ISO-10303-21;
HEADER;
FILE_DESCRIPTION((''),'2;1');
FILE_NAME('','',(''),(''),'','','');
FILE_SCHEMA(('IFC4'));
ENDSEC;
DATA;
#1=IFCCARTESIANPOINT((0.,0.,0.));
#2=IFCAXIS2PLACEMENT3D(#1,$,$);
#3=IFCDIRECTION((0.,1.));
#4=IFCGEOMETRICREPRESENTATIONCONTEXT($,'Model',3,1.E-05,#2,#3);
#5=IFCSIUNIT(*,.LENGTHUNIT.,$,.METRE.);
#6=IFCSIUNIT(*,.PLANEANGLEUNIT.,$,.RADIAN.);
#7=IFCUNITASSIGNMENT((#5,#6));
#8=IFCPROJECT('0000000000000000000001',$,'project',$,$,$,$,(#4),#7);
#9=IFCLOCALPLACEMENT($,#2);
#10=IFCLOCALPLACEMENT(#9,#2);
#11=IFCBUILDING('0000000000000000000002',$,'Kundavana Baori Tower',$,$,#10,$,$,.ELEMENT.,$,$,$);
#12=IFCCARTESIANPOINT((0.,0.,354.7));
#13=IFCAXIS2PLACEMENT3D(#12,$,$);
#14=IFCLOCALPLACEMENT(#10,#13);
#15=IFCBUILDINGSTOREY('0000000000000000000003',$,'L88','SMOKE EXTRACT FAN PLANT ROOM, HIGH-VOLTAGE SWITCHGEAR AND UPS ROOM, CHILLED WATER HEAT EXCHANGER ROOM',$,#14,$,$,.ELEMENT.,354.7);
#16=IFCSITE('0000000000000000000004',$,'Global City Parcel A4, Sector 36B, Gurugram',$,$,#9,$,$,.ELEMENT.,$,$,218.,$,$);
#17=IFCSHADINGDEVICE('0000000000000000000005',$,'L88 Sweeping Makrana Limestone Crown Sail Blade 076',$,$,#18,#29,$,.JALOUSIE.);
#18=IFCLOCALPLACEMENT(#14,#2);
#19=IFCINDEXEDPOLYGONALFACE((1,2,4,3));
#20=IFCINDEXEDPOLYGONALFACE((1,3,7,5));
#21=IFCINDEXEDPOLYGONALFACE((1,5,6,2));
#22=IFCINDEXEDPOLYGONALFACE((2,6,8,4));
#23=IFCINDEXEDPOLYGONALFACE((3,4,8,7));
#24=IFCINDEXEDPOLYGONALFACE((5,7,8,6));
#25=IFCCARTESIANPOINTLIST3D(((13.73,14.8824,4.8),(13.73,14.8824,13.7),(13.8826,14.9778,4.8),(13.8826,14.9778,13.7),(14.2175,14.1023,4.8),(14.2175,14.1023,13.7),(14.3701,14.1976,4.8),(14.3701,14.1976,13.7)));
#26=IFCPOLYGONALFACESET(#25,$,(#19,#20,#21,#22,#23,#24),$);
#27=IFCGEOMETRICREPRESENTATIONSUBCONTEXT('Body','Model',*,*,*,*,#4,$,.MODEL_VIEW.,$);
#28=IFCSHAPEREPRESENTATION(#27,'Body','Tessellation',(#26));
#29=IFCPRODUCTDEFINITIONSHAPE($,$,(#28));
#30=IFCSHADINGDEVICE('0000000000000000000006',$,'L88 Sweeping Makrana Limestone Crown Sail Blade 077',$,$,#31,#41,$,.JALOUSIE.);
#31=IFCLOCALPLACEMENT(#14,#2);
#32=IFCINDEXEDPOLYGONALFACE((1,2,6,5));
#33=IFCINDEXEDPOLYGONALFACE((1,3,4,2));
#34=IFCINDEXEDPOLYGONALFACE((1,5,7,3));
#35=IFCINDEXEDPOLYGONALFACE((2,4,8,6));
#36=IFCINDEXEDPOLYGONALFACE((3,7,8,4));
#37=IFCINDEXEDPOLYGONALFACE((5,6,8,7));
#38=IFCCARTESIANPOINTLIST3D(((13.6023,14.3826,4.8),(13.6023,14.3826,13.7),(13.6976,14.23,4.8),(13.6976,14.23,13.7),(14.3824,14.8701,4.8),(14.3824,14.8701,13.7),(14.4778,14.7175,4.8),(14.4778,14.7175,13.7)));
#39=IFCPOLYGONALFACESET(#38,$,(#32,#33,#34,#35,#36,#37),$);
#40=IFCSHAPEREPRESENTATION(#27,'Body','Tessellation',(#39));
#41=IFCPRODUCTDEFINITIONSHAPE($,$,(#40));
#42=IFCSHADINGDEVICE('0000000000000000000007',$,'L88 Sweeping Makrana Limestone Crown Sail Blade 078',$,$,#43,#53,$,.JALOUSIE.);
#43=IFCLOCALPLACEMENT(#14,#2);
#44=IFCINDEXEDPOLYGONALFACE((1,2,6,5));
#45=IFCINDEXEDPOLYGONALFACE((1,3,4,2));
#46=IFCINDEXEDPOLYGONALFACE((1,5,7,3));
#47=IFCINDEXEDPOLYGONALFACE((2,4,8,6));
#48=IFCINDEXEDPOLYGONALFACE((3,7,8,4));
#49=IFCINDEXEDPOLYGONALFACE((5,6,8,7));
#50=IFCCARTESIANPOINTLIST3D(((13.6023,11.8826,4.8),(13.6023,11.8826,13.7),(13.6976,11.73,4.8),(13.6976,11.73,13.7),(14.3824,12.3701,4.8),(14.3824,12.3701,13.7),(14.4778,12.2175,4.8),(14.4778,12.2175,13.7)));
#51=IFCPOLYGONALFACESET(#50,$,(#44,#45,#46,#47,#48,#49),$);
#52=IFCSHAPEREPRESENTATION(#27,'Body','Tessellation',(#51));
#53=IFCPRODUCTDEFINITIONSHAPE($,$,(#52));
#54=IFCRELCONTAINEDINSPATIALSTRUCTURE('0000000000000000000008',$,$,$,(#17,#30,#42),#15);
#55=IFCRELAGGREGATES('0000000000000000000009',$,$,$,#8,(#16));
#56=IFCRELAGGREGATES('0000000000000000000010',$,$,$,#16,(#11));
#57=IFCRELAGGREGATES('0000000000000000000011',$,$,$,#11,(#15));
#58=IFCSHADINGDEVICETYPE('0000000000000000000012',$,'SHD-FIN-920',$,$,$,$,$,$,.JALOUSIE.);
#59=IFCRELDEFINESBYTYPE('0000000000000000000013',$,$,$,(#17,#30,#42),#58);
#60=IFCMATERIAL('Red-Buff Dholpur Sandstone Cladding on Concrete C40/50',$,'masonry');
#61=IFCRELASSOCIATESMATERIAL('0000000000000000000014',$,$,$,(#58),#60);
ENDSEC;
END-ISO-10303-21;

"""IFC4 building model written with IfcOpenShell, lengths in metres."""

from ifc_helpers import new_model, si_unit, direction, frame, origin, origin_2d, place, context, subcontext, project, spatial, rectangle, extrude, material, type_object, element, save


model = new_model("IFC4")

# Units and contexts
model_context = context("Model", 3, precision=1e-05, world=origin(), true_north=direction((0.0, 1.0)))
body_context = subcontext(model_context, "Body", "Model", "MODEL_VIEW")
ifc_project = project(units=[si_unit("LENGTHUNIT", "METRE"), si_unit("PLANEANGLEUNIT", "RADIAN")], contexts=[model_context])

# Site, building, storey
site_placement = place(None, origin())
site = spatial("IfcSite", under=ifc_project, at=site_placement, Name="Global City Parcel A4, Sector 36B, Gurugram", CompositionType="ELEMENT", RefElevation=218.0)
building_placement = place(site_placement, origin())
building = spatial("IfcBuilding", under=site, at=building_placement, Name="Kundavana Baori Tower", CompositionType="ELEMENT")
storey_placement = place(building_placement, frame((0.0, 0.0, 354.7)))
storey = spatial("IfcBuildingStorey", under=building, at=storey_placement, Name="L88", Description="SMOKE EXTRACT FAN PLANT ROOM, HIGH-VOLTAGE SWITCHGEAR AND UPS ROOM, CHILLED WATER HEAT EXCHANGER ROOM", CompositionType="ELEMENT", Elevation=354.7)

# Shading devices
ifc_material_1 = material(Name="Red-Buff Dholpur Sandstone Cladding on Concrete C40/50", Category="masonry")
shading_device_type = type_object("IfcShadingDeviceType", Name="SHD-FIN-920", PredefinedType="JALOUSIE", material=ifc_material_1)
for number, where, z_axis, x_axis, name in (
    (1, (14.05, 14.54, 4.8), (0.0, 0.0, 1.0), (0.848048, 0.529919, 0.0), "L88 Sweeping Makrana Limestone Crown Sail Blade 076"),
    (2, (14.04, 14.55, 4.8), (0.0, 0.0, 1.0), (-0.529919, 0.848048, 0.0), "L88 Sweeping Makrana Limestone Crown Sail Blade 077"),
    (3, (14.04, 12.05, 4.8), (0.0, 0.0, 1.0), (-0.529919, 0.848048, 0.0), "L88 Sweeping Makrana Limestone Crown Sail Blade 078"),
):
    element("IfcShadingDevice", number, at=place(storey_placement, frame(where, z_axis=z_axis, x_axis=x_axis)), inside=storey, type_object=shading_device_type, Name=name, PredefinedType="JALOUSIE", context=body_context, shape_type="SweptSolid", body=[
        extrude(rectangle(XDim=0.1799, YDim=0.9199, at=origin_2d()), origin(), (0.0, 0.0, 1.0), 8.8999),
    ])

save(model, "model.ifc")
